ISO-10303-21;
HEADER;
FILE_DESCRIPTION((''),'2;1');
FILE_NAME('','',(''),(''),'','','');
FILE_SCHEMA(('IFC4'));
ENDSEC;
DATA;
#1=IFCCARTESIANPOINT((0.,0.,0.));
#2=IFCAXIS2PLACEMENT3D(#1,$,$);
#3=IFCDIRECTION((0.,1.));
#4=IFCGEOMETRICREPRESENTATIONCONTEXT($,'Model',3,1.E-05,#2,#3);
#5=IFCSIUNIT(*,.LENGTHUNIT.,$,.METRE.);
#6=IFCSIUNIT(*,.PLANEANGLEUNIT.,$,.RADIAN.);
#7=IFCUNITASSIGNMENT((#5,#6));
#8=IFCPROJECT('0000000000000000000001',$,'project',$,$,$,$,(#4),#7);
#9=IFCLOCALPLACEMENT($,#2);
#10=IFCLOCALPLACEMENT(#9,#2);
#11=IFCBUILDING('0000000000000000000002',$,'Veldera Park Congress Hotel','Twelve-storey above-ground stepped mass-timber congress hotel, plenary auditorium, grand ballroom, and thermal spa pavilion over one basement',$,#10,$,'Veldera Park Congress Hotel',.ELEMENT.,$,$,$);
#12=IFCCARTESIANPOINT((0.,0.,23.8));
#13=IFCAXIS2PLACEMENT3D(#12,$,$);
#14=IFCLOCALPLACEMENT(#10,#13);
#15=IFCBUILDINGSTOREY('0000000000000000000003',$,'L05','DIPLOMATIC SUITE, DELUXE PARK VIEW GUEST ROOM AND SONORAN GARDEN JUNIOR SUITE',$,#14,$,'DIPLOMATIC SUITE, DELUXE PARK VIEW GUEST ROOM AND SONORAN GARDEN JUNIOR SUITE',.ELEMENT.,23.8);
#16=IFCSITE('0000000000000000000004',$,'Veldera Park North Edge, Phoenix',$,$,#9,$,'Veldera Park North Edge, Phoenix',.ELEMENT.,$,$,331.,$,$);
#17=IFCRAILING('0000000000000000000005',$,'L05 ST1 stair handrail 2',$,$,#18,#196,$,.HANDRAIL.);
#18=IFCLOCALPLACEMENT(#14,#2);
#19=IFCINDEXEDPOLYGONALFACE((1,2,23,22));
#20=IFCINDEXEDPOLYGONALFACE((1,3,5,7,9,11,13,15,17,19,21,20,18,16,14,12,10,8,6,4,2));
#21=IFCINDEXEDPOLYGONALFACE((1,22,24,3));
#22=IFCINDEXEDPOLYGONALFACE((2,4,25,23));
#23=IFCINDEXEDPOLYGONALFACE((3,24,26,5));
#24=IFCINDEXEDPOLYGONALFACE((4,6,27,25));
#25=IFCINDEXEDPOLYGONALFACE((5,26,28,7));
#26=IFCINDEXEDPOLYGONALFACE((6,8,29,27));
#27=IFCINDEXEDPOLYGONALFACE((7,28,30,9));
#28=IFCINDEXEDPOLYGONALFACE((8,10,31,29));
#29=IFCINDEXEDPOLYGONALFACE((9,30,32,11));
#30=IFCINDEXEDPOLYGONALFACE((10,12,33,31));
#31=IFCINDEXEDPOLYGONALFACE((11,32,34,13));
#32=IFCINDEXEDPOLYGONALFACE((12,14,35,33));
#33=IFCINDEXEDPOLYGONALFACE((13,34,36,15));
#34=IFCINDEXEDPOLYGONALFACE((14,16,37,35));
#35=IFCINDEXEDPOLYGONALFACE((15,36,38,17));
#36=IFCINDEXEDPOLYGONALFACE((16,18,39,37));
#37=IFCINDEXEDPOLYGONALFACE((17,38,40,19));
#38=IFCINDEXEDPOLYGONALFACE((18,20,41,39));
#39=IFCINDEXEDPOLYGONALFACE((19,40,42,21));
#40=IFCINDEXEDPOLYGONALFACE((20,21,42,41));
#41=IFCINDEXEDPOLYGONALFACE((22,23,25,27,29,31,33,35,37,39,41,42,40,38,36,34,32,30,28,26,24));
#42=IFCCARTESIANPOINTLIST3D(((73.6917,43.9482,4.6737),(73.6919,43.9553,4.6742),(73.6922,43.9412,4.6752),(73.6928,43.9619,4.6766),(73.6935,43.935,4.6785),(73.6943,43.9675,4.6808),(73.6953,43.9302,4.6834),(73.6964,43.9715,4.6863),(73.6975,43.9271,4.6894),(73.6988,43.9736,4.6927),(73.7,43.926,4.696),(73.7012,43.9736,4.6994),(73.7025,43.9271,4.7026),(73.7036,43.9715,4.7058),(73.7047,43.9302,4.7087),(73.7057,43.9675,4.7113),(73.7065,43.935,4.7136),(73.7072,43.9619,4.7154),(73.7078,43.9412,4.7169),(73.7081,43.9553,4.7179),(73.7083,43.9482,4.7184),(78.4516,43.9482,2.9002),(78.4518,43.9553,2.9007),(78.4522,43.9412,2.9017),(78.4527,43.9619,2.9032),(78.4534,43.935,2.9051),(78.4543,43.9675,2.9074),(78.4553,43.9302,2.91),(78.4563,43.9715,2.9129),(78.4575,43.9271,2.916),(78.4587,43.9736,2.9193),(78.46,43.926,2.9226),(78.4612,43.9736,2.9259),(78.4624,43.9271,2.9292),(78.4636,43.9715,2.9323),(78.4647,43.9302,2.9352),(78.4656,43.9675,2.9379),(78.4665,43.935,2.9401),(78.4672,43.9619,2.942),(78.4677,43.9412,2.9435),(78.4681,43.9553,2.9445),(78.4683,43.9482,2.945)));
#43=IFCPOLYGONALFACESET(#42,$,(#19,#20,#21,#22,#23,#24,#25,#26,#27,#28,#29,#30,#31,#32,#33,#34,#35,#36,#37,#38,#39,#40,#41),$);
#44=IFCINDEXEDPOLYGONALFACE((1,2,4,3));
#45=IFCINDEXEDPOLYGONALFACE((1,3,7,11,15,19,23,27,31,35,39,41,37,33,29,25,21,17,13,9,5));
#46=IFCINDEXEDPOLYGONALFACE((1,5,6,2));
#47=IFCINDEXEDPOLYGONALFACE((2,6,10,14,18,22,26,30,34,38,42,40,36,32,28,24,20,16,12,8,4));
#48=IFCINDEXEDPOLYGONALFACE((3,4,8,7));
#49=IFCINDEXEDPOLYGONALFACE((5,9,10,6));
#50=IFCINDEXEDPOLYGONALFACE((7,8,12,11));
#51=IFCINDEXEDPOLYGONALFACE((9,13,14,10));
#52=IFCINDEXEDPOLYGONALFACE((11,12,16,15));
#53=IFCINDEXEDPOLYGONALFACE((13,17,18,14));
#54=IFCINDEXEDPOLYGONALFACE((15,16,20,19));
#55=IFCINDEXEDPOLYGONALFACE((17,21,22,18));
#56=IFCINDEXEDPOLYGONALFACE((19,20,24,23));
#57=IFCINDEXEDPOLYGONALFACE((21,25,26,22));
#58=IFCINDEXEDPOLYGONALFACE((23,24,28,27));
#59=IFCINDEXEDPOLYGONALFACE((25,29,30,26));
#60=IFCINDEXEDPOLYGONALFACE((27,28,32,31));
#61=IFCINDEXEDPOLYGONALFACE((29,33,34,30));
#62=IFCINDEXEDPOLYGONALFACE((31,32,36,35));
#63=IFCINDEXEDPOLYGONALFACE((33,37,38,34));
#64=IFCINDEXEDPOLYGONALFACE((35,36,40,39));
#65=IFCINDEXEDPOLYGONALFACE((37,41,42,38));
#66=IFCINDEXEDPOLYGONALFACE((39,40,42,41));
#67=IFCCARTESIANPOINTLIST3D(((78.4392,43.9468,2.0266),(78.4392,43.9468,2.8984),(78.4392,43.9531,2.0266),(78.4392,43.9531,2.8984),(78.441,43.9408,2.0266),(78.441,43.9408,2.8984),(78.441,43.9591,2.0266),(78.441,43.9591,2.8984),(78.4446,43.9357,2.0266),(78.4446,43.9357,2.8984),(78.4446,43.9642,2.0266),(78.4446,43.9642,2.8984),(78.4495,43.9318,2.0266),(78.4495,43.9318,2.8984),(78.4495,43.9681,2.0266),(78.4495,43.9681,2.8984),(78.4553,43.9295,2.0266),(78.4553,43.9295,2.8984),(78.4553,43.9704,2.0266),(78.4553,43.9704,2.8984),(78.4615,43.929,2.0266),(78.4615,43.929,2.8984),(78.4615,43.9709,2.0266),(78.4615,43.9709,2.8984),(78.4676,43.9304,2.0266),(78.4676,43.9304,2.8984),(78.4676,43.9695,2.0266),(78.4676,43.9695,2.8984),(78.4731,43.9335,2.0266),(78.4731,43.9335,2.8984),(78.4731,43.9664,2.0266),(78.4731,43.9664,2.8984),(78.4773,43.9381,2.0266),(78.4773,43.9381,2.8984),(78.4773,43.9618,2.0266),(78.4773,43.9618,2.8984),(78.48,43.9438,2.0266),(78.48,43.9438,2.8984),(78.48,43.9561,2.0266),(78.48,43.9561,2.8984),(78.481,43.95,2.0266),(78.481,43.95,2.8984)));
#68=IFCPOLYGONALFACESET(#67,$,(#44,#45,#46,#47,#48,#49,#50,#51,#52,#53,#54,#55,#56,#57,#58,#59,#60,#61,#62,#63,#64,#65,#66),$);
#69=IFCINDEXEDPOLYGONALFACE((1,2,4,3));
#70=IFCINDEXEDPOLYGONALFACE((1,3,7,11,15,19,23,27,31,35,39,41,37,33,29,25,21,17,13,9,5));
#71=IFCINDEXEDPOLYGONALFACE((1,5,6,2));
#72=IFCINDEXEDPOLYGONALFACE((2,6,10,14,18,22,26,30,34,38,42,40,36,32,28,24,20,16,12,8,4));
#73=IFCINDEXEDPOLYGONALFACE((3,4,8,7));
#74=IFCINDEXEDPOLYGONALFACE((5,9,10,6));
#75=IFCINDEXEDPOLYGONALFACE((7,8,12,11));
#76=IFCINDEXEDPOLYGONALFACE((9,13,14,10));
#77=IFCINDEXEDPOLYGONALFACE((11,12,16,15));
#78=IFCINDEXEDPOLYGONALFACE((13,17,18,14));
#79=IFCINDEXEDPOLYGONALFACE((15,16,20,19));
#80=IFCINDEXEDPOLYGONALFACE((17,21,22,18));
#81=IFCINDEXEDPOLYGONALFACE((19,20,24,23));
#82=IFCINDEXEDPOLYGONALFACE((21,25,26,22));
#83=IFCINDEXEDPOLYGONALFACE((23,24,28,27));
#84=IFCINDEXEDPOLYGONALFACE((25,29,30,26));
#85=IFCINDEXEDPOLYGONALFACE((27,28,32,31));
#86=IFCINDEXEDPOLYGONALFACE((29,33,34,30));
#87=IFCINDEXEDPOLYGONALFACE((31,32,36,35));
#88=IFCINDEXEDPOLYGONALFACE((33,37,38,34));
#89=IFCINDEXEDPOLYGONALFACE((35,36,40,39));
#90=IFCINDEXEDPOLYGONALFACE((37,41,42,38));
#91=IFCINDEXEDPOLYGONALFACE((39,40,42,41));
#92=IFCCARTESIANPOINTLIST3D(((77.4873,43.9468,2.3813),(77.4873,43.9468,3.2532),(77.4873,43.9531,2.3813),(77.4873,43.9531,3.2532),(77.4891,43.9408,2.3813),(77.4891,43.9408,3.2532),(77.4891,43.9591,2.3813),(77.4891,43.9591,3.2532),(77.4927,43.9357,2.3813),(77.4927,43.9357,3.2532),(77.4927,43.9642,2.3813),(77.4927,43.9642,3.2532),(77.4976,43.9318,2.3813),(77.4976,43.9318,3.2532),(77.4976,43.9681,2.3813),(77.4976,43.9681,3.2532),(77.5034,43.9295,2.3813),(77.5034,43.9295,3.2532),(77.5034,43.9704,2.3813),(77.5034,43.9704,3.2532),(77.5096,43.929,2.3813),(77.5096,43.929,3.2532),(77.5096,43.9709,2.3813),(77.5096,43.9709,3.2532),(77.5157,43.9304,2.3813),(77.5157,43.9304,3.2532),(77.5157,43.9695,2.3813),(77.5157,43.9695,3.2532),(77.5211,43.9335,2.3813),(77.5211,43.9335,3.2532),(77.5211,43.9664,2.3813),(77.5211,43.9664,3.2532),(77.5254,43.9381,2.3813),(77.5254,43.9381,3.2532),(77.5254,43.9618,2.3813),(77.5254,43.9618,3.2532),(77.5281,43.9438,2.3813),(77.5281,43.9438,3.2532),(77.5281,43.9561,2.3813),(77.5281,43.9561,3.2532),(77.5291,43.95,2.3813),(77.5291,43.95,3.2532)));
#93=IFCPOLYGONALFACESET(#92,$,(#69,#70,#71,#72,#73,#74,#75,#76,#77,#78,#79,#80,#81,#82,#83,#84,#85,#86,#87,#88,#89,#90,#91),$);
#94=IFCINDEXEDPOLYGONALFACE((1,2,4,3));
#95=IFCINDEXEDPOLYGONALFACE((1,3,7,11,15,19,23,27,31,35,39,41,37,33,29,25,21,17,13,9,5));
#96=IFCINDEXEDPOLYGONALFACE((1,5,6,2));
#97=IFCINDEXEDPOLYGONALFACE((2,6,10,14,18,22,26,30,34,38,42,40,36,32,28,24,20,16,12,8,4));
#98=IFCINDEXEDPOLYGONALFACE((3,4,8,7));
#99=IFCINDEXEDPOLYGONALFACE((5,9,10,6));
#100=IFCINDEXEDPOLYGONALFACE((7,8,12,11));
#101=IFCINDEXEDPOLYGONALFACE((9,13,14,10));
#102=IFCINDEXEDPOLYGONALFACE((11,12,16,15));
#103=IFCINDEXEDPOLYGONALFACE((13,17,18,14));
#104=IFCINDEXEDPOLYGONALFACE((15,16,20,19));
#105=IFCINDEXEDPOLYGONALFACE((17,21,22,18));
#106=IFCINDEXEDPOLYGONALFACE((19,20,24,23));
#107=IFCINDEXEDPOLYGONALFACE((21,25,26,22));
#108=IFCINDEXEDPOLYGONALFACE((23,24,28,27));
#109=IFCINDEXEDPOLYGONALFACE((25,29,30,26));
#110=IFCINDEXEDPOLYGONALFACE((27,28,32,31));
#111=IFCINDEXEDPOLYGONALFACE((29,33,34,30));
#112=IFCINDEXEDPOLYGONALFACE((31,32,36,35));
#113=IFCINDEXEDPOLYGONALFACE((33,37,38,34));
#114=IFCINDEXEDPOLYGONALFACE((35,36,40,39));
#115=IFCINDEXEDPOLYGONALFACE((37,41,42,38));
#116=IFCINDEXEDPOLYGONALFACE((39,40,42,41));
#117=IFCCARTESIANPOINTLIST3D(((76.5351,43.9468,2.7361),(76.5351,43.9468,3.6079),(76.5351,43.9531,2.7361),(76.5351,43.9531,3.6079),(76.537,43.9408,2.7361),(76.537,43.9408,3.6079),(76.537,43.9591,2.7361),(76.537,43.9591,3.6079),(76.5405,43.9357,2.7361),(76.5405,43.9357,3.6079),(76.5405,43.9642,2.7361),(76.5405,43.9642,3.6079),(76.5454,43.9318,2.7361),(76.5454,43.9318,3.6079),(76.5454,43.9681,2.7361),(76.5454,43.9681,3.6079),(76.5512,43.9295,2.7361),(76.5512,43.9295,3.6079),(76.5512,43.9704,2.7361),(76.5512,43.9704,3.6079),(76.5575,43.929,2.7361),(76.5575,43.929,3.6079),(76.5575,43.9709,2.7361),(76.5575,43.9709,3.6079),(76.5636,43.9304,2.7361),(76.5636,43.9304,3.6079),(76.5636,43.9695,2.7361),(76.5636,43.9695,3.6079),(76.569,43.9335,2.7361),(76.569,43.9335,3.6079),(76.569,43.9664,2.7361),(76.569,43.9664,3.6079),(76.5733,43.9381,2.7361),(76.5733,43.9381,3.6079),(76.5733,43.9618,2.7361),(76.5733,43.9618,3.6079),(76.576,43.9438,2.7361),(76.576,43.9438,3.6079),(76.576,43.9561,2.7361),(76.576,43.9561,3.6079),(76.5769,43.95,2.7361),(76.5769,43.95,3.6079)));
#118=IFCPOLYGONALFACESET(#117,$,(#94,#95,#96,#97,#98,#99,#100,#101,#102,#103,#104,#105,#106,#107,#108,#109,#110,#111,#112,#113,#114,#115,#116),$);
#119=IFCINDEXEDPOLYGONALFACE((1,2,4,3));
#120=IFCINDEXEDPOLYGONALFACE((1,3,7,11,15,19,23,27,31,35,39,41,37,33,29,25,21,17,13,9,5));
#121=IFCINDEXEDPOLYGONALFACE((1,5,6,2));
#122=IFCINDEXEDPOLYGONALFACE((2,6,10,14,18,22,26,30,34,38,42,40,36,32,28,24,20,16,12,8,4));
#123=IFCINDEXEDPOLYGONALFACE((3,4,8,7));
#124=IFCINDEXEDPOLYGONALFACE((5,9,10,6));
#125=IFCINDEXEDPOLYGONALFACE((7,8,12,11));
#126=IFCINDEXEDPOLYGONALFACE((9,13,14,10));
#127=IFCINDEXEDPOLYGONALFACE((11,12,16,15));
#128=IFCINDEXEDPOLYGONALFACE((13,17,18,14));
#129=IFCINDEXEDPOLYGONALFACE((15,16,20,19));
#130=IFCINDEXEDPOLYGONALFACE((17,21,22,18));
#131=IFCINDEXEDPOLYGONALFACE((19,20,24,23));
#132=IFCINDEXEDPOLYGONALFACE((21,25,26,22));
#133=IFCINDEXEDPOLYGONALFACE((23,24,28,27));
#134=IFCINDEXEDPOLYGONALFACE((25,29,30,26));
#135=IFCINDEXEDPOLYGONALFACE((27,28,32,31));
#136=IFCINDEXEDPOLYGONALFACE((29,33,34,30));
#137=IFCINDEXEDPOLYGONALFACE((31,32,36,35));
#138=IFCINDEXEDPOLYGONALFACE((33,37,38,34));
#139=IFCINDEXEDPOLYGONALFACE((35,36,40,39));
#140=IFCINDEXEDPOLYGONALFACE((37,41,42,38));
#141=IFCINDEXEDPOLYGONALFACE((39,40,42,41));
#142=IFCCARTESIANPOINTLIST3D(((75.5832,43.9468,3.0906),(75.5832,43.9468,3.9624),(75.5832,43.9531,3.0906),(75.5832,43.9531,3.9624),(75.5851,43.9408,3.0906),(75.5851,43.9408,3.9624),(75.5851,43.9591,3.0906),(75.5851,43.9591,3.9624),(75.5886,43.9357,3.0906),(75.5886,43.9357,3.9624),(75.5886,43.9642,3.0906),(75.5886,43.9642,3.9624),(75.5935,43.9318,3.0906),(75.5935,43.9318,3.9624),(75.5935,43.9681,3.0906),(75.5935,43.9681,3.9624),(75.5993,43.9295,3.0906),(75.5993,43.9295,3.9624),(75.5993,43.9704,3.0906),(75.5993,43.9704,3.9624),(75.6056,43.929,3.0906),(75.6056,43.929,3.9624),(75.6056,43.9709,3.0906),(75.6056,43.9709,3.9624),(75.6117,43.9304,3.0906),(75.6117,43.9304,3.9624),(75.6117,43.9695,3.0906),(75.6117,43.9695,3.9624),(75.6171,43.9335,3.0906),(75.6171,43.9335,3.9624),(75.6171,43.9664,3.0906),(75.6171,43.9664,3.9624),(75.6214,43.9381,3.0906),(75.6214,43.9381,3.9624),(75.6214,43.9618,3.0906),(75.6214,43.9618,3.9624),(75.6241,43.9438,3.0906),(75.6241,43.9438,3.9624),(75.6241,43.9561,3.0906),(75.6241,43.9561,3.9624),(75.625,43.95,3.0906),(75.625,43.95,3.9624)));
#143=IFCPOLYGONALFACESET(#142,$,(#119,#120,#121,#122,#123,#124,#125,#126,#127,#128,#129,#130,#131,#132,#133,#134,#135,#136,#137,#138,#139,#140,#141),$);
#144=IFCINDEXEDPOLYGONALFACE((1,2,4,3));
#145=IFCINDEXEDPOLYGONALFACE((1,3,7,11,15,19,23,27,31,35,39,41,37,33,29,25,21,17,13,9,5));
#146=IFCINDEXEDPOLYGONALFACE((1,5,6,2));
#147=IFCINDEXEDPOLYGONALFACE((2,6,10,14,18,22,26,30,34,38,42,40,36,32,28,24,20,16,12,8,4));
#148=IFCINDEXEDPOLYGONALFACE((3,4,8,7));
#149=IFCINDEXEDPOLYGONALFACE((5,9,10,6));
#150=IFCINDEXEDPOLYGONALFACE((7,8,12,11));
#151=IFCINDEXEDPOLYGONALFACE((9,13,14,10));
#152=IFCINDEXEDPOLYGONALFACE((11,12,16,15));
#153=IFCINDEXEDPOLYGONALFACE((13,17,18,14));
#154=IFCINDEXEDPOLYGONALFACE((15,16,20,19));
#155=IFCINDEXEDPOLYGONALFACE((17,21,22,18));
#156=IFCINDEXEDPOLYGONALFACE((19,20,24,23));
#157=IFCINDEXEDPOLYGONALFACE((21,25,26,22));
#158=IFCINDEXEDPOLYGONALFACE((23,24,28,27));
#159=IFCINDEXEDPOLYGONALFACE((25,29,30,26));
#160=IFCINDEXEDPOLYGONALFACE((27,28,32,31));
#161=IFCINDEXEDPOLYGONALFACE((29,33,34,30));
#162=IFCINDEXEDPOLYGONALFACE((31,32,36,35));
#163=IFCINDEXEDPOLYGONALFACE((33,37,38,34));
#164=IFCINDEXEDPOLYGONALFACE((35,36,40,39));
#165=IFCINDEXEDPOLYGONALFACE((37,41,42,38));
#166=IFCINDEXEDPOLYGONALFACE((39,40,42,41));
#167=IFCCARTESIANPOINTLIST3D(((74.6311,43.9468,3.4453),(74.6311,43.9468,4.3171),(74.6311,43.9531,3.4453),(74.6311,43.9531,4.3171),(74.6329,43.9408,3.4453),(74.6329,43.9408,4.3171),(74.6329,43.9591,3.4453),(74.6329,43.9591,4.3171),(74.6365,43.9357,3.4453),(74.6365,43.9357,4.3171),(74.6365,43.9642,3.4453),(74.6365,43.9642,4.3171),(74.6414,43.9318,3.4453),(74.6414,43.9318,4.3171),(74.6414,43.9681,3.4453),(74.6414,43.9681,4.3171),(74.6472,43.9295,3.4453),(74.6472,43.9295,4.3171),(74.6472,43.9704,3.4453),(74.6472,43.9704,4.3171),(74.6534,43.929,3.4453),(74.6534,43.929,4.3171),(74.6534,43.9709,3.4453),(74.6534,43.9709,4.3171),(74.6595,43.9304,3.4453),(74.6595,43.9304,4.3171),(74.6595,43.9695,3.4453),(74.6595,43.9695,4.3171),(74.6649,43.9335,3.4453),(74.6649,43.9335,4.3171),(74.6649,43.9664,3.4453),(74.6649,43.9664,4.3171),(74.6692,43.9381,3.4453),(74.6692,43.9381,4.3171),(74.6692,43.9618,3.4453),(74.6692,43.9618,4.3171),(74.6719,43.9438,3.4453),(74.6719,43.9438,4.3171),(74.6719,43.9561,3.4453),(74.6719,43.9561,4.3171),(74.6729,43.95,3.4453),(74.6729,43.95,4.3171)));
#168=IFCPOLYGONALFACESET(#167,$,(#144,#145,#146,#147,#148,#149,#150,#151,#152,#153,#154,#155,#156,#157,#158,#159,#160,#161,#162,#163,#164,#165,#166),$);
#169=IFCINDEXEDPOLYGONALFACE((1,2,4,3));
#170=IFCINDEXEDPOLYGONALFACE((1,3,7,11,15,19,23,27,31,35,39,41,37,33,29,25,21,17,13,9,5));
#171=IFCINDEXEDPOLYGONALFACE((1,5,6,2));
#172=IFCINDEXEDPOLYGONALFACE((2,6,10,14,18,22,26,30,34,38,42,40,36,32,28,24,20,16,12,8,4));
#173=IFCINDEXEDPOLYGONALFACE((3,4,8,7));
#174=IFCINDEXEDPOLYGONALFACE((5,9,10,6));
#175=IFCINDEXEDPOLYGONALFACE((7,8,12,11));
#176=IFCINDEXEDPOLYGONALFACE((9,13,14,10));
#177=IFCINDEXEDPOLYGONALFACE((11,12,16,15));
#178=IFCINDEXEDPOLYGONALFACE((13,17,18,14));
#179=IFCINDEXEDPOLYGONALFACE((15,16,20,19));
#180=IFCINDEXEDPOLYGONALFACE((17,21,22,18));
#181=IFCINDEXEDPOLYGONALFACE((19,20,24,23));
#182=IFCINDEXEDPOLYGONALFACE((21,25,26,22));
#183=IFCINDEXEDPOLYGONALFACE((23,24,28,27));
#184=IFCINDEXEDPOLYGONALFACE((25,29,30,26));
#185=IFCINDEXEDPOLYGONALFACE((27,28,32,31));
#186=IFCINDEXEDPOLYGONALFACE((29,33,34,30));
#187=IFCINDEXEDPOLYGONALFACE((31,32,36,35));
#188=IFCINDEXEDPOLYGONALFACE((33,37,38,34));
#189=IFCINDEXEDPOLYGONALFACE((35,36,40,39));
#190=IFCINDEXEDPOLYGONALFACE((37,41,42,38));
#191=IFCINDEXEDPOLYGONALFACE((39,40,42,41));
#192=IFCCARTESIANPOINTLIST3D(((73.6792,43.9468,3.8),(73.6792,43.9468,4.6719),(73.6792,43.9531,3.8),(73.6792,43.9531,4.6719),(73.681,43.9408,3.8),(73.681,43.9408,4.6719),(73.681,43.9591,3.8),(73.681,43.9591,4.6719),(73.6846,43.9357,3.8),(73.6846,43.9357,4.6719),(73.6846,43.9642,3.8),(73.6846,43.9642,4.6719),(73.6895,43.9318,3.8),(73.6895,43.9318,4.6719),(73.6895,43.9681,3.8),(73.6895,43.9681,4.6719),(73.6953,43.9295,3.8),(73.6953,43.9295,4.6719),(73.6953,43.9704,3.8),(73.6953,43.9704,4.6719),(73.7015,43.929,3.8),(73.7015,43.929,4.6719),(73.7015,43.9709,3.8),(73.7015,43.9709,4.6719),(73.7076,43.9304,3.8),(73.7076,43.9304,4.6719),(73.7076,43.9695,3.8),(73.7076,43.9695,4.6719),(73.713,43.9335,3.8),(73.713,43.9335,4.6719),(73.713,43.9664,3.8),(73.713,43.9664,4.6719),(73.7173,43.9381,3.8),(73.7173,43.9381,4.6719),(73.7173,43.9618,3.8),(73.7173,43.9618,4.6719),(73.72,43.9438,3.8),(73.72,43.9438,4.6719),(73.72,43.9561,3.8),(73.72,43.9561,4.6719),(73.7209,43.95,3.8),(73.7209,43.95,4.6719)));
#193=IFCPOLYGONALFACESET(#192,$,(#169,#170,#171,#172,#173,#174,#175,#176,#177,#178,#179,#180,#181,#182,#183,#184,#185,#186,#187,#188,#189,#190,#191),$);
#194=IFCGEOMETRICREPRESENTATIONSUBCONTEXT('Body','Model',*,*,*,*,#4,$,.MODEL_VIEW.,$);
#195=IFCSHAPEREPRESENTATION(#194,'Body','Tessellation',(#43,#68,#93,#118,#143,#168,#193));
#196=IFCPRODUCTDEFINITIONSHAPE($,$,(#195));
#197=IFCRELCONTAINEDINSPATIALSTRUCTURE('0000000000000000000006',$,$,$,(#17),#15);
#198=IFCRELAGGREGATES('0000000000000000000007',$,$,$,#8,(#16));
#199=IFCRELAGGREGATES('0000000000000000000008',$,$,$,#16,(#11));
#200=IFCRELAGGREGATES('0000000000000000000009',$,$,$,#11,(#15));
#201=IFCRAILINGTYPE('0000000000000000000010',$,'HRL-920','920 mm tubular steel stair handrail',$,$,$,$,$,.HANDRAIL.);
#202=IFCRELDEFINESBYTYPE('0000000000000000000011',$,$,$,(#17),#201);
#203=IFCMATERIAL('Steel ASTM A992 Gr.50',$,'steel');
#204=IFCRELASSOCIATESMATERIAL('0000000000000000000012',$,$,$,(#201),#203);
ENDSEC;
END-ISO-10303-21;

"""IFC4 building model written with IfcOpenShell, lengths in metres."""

from ifc_helpers import new_model, si_unit, direction, frame, origin, origin_2d, place, context, subcontext, project, spatial, circle, extrude, material, type_object, element, save


model = new_model("IFC4")

# Units and contexts
model_context = context("Model", 3, precision=1e-05, world=origin(), true_north=direction((0.0, 1.0)))
body_context = subcontext(model_context, "Body", "Model", "MODEL_VIEW")
ifc_project = project(units=[si_unit("LENGTHUNIT", "METRE"), si_unit("PLANEANGLEUNIT", "RADIAN")], contexts=[model_context])

# Site, building, storey
site_placement = place(None, origin())
site = spatial("IfcSite", under=ifc_project, at=site_placement, Name="Veldera Park North Edge, Phoenix", LongName="Veldera Park North Edge, Phoenix", CompositionType="ELEMENT", RefElevation=331.0)
building_placement = place(site_placement, origin())
building = spatial("IfcBuilding", under=site, at=building_placement, Name="Veldera Park Congress Hotel", Description="Twelve-storey above-ground stepped mass-timber congress hotel, plenary auditorium, grand ballroom, and thermal spa pavilion over one basement", LongName="Veldera Park Congress Hotel", CompositionType="ELEMENT")
storey_placement = place(building_placement, frame((0.0, 0.0, 23.8)))
storey = spatial("IfcBuildingStorey", under=building, at=storey_placement, Name="L05", Description="DIPLOMATIC SUITE, DELUXE PARK VIEW GUEST ROOM AND SONORAN GARDEN JUNIOR SUITE", LongName="DIPLOMATIC SUITE, DELUXE PARK VIEW GUEST ROOM AND SONORAN GARDEN JUNIOR SUITE", CompositionType="ELEMENT", Elevation=23.8)

# Railing
ifc_material_1 = material(Name="Steel ASTM A992 Gr.50", Category="steel")
railing_type = type_object("IfcRailingType", Name="HRL-920", Description="920 mm tubular steel stair handrail", PredefinedType="HANDRAIL", material=ifc_material_1)
railing_placement = place(storey_placement, frame((78.46, 43.95, 2.0266)))
element("IfcRailing", 1, at=railing_placement, inside=storey, type_object=railing_type, Name="L05 ST1 stair handrail 2", PredefinedType="HANDRAIL", context=body_context, shape_type="SweptSolid", body=[
    extrude(circle(Radius=0.0239, at=origin_2d()), frame((0.0, 0.0, 0.896), z_axis=(-0.937076, 0.0, 0.349126), x_axis=(0.0, -1.0, 0.0)), (0.0, 0.0, 1.0), 5.0796),
    extrude(circle(Radius=0.021, at=origin_2d()), origin(), (0.0, 0.0, 1.0), 0.8718),
    extrude(circle(Radius=0.021, at=origin_2d()), frame((-0.9519, 0.0, 0.3547)), (0.0, 0.0, 1.0), 0.8718),
    extrude(circle(Radius=0.021, at=origin_2d()), frame((-1.9041, 0.0, 0.7095)), (0.0, 0.0, 1.0), 0.8718),
    extrude(circle(Radius=0.021, at=origin_2d()), frame((-2.856, 0.0, 1.064)), (0.0, 0.0, 1.0), 0.8718),
    extrude(circle(Radius=0.021, at=origin_2d()), frame((-3.8081, 0.0, 1.4187)), (0.0, 0.0, 1.0), 0.8718),
    extrude(circle(Radius=0.021, at=origin_2d()), frame((-4.76, 0.0, 1.7734)), (0.0, 0.0, 1.0), 0.8718),
])

save(model, "model.ifc")
